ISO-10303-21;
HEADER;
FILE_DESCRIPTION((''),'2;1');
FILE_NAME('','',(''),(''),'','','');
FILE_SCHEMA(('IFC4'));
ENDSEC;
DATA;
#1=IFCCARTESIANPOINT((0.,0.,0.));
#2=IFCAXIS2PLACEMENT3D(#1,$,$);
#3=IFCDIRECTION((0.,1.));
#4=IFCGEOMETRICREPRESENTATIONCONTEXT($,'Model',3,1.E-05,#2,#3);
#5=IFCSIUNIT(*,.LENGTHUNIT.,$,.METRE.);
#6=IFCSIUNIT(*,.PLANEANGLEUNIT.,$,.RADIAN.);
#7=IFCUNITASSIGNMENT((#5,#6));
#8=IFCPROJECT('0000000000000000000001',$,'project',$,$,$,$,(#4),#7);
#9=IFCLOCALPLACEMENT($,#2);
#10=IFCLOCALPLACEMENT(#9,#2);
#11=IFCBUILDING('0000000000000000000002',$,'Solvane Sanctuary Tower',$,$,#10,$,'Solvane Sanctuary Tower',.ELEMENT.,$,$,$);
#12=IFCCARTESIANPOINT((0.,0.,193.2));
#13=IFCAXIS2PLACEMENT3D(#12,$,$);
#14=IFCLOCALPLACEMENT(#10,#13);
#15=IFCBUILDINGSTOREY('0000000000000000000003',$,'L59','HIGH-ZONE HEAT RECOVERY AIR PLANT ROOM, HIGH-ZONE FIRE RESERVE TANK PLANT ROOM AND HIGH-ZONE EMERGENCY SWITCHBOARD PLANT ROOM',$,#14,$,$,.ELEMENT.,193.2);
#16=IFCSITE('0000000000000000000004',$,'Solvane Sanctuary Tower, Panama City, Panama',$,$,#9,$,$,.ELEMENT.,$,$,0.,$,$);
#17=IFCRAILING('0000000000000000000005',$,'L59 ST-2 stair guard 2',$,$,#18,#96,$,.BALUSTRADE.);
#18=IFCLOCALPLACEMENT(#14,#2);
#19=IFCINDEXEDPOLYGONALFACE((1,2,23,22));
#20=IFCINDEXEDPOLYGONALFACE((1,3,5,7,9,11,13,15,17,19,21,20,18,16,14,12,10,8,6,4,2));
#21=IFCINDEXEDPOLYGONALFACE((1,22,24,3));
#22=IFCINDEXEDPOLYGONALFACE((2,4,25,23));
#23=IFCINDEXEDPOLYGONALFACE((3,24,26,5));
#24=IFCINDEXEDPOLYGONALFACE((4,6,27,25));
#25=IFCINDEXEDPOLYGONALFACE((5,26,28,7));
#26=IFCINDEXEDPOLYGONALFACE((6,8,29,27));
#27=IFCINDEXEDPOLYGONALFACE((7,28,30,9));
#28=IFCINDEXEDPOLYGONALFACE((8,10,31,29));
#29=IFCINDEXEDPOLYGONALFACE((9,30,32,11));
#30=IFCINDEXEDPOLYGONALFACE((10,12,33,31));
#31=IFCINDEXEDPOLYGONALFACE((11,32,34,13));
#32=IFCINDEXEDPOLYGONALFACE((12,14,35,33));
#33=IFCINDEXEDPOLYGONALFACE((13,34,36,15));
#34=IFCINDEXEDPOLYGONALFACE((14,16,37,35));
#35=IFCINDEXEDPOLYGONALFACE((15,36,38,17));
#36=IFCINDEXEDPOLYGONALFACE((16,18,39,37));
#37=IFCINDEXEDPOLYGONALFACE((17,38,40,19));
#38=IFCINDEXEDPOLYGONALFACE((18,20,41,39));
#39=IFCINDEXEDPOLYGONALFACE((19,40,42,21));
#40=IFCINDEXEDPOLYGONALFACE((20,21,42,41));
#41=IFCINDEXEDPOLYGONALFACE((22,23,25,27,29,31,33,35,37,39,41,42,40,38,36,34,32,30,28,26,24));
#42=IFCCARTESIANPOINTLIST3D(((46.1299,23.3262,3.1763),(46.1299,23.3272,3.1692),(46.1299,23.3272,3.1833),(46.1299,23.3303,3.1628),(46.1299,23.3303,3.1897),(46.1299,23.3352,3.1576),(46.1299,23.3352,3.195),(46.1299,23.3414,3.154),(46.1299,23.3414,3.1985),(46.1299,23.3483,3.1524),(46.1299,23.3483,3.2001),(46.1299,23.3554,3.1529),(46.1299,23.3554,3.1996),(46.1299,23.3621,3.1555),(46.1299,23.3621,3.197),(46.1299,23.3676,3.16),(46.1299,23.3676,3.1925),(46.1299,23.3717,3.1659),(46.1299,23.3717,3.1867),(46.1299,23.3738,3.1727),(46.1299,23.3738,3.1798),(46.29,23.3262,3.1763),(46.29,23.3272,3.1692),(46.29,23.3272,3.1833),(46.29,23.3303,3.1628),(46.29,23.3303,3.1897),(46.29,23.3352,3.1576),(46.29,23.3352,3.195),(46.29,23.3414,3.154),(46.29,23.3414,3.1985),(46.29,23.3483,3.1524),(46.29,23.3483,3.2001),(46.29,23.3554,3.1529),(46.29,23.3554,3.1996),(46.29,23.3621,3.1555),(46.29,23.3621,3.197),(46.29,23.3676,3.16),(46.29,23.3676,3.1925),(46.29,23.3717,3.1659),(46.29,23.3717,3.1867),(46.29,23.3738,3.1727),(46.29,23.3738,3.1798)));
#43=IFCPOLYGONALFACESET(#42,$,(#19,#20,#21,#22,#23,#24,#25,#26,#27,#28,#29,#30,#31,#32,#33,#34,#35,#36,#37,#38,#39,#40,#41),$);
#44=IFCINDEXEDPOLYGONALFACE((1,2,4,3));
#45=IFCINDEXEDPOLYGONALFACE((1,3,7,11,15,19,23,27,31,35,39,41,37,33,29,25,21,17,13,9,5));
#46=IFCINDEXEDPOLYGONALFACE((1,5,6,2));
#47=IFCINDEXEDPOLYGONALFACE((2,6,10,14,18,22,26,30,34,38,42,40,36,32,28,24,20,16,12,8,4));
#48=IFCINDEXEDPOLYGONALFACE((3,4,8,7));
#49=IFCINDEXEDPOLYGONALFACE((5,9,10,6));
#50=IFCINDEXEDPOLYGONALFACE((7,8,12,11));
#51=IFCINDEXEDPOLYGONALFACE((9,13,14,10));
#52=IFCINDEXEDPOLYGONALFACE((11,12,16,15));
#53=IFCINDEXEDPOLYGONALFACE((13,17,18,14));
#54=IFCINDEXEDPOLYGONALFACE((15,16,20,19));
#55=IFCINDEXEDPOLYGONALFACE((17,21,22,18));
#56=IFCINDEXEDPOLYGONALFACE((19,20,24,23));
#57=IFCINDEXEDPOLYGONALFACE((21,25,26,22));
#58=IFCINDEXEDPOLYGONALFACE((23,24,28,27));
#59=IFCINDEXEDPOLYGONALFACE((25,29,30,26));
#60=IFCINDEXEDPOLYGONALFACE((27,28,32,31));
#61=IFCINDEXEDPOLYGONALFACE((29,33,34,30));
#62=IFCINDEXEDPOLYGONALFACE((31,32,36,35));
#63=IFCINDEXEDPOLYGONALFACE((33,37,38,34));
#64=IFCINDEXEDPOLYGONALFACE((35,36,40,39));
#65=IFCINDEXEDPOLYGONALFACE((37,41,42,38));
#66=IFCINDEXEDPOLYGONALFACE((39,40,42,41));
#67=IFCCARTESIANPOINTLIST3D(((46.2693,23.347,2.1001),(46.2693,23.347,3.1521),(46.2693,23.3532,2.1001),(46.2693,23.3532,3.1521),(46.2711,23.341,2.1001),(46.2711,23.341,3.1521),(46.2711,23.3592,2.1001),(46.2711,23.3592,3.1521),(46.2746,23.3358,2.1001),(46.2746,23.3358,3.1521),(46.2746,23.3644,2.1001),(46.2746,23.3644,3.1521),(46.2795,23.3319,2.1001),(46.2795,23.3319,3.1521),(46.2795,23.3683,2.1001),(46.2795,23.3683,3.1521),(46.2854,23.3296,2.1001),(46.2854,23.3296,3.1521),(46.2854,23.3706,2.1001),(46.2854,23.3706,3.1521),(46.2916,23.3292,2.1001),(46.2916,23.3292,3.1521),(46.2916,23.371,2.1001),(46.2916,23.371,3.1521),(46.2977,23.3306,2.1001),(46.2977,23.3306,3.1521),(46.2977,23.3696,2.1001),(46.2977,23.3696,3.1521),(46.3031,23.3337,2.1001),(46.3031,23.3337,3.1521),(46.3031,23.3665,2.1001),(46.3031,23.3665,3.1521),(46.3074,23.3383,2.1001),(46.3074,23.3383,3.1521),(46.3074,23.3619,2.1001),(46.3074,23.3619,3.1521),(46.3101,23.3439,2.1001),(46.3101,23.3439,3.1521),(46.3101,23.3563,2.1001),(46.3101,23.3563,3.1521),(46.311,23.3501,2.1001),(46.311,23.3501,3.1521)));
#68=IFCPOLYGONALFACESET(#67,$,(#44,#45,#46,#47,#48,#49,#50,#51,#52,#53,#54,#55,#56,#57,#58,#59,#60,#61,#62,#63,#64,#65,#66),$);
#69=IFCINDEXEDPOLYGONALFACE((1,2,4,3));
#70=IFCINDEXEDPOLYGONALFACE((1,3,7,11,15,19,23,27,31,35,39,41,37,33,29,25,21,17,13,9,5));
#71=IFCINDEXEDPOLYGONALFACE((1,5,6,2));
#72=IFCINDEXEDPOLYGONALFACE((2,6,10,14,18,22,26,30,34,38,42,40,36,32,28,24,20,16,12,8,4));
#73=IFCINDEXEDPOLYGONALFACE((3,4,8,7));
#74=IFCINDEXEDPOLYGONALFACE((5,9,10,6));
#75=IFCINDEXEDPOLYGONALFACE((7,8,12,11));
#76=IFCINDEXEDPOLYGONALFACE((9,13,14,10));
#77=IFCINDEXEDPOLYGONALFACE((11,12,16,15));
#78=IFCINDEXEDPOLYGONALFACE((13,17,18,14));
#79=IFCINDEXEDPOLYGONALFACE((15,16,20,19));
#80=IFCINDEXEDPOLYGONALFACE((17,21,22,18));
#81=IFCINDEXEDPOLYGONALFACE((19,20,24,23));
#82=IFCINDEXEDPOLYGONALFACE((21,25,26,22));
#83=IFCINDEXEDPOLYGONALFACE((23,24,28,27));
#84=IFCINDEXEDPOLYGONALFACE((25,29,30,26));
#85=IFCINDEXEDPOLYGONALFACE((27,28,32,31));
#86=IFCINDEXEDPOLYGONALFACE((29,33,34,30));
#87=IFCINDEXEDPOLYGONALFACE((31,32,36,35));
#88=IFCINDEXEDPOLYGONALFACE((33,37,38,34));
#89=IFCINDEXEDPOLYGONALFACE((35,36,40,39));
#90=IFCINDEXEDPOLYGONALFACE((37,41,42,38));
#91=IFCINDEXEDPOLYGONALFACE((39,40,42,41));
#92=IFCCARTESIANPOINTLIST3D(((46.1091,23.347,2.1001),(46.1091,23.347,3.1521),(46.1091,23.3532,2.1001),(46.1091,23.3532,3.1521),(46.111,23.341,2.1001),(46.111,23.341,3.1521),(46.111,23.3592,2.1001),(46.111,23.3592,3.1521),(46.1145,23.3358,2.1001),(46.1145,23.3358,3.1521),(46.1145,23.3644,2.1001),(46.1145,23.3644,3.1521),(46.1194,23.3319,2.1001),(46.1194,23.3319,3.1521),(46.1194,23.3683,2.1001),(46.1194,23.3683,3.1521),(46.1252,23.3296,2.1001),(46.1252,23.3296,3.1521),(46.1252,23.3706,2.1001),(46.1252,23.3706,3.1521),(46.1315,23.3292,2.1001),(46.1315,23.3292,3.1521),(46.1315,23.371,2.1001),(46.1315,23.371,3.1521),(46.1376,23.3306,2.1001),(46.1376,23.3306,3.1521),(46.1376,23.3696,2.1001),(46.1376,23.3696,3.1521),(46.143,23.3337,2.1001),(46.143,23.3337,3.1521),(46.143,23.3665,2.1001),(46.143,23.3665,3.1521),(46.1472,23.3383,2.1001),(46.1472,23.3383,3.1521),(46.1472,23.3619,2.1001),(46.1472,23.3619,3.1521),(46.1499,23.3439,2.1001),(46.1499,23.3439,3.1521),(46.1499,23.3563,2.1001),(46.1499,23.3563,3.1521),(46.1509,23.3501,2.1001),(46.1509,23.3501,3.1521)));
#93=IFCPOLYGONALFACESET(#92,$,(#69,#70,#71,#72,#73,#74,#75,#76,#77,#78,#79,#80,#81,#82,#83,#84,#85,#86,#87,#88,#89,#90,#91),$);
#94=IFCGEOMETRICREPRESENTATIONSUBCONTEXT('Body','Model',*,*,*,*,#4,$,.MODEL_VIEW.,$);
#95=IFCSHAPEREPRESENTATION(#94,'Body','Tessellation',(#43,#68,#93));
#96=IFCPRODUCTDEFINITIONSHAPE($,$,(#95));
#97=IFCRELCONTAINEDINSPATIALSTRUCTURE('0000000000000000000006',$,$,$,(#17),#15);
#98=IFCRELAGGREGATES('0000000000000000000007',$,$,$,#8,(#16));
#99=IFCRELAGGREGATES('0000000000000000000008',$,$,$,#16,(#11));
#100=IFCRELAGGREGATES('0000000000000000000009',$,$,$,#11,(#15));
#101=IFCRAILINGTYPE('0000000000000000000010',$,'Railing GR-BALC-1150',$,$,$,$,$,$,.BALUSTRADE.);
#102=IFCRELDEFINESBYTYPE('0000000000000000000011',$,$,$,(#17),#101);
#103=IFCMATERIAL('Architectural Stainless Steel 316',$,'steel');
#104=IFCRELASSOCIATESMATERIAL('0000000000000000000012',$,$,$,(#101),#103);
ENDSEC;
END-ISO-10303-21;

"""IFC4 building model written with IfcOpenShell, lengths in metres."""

from ifc_helpers import new_model, si_unit, direction, frame, origin, origin_2d, place, context, subcontext, project, spatial, circle, extrude, material, type_object, element, save


model = new_model("IFC4")

# Units and contexts
model_context = context("Model", 3, precision=1e-05, world=origin(), true_north=direction((0.0, 1.0)))
body_context = subcontext(model_context, "Body", "Model", "MODEL_VIEW")
ifc_project = project(units=[si_unit("LENGTHUNIT", "METRE"), si_unit("PLANEANGLEUNIT", "RADIAN")], contexts=[model_context])

# Site, building, storey
site_placement = place(None, origin())
site = spatial("IfcSite", under=ifc_project, at=site_placement, Name="Solvane Sanctuary Tower, Panama City, Panama", CompositionType="ELEMENT", RefElevation=0.0)
building_placement = place(site_placement, origin())
building = spatial("IfcBuilding", under=site, at=building_placement, Name="Solvane Sanctuary Tower", LongName="Solvane Sanctuary Tower", CompositionType="ELEMENT")
storey_placement = place(building_placement, frame((0.0, 0.0, 193.2)))
storey = spatial("IfcBuildingStorey", under=building, at=storey_placement, Name="L59", Description="HIGH-ZONE HEAT RECOVERY AIR PLANT ROOM, HIGH-ZONE FIRE RESERVE TANK PLANT ROOM AND HIGH-ZONE EMERGENCY SWITCHBOARD PLANT ROOM", CompositionType="ELEMENT", Elevation=193.2)

# Shared definitions
ifc_material_1 = material(Name="Architectural Stainless Steel 316", Category="steel")

# Railing
railing_type_1 = type_object("IfcRailingType", Name="Railing GR-BALC-1150", PredefinedType="BALUSTRADE", material=ifc_material_1)
railing_1_placement = place(storey_placement, frame((46.29, 23.3501, 2.1001)))
element("IfcRailing", 1, at=railing_1_placement, inside=storey, type_object=railing_type_1, Name="L59 ST-2 stair guard 2", PredefinedType="BALUSTRADE", context=body_context, shape_type="SweptSolid", body=[
    extrude(circle(Radius=0.0239, at=origin_2d()), frame((0.0, 0.0, 1.0762), z_axis=(-1.0, 0.0, 0.0), x_axis=(0.0, -1.0, 0.0)), (0.0, 0.0, 1.0), 0.1602),
    extrude(circle(Radius=0.021, at=origin_2d()), origin(), (0.0, 0.0, 1.0), 1.052),
    extrude(circle(Radius=0.021, at=origin_2d()), frame((-0.1602, 0.0, 0.0)), (0.0, 0.0, 1.0), 1.052),
])

save(model, "model.ifc")
